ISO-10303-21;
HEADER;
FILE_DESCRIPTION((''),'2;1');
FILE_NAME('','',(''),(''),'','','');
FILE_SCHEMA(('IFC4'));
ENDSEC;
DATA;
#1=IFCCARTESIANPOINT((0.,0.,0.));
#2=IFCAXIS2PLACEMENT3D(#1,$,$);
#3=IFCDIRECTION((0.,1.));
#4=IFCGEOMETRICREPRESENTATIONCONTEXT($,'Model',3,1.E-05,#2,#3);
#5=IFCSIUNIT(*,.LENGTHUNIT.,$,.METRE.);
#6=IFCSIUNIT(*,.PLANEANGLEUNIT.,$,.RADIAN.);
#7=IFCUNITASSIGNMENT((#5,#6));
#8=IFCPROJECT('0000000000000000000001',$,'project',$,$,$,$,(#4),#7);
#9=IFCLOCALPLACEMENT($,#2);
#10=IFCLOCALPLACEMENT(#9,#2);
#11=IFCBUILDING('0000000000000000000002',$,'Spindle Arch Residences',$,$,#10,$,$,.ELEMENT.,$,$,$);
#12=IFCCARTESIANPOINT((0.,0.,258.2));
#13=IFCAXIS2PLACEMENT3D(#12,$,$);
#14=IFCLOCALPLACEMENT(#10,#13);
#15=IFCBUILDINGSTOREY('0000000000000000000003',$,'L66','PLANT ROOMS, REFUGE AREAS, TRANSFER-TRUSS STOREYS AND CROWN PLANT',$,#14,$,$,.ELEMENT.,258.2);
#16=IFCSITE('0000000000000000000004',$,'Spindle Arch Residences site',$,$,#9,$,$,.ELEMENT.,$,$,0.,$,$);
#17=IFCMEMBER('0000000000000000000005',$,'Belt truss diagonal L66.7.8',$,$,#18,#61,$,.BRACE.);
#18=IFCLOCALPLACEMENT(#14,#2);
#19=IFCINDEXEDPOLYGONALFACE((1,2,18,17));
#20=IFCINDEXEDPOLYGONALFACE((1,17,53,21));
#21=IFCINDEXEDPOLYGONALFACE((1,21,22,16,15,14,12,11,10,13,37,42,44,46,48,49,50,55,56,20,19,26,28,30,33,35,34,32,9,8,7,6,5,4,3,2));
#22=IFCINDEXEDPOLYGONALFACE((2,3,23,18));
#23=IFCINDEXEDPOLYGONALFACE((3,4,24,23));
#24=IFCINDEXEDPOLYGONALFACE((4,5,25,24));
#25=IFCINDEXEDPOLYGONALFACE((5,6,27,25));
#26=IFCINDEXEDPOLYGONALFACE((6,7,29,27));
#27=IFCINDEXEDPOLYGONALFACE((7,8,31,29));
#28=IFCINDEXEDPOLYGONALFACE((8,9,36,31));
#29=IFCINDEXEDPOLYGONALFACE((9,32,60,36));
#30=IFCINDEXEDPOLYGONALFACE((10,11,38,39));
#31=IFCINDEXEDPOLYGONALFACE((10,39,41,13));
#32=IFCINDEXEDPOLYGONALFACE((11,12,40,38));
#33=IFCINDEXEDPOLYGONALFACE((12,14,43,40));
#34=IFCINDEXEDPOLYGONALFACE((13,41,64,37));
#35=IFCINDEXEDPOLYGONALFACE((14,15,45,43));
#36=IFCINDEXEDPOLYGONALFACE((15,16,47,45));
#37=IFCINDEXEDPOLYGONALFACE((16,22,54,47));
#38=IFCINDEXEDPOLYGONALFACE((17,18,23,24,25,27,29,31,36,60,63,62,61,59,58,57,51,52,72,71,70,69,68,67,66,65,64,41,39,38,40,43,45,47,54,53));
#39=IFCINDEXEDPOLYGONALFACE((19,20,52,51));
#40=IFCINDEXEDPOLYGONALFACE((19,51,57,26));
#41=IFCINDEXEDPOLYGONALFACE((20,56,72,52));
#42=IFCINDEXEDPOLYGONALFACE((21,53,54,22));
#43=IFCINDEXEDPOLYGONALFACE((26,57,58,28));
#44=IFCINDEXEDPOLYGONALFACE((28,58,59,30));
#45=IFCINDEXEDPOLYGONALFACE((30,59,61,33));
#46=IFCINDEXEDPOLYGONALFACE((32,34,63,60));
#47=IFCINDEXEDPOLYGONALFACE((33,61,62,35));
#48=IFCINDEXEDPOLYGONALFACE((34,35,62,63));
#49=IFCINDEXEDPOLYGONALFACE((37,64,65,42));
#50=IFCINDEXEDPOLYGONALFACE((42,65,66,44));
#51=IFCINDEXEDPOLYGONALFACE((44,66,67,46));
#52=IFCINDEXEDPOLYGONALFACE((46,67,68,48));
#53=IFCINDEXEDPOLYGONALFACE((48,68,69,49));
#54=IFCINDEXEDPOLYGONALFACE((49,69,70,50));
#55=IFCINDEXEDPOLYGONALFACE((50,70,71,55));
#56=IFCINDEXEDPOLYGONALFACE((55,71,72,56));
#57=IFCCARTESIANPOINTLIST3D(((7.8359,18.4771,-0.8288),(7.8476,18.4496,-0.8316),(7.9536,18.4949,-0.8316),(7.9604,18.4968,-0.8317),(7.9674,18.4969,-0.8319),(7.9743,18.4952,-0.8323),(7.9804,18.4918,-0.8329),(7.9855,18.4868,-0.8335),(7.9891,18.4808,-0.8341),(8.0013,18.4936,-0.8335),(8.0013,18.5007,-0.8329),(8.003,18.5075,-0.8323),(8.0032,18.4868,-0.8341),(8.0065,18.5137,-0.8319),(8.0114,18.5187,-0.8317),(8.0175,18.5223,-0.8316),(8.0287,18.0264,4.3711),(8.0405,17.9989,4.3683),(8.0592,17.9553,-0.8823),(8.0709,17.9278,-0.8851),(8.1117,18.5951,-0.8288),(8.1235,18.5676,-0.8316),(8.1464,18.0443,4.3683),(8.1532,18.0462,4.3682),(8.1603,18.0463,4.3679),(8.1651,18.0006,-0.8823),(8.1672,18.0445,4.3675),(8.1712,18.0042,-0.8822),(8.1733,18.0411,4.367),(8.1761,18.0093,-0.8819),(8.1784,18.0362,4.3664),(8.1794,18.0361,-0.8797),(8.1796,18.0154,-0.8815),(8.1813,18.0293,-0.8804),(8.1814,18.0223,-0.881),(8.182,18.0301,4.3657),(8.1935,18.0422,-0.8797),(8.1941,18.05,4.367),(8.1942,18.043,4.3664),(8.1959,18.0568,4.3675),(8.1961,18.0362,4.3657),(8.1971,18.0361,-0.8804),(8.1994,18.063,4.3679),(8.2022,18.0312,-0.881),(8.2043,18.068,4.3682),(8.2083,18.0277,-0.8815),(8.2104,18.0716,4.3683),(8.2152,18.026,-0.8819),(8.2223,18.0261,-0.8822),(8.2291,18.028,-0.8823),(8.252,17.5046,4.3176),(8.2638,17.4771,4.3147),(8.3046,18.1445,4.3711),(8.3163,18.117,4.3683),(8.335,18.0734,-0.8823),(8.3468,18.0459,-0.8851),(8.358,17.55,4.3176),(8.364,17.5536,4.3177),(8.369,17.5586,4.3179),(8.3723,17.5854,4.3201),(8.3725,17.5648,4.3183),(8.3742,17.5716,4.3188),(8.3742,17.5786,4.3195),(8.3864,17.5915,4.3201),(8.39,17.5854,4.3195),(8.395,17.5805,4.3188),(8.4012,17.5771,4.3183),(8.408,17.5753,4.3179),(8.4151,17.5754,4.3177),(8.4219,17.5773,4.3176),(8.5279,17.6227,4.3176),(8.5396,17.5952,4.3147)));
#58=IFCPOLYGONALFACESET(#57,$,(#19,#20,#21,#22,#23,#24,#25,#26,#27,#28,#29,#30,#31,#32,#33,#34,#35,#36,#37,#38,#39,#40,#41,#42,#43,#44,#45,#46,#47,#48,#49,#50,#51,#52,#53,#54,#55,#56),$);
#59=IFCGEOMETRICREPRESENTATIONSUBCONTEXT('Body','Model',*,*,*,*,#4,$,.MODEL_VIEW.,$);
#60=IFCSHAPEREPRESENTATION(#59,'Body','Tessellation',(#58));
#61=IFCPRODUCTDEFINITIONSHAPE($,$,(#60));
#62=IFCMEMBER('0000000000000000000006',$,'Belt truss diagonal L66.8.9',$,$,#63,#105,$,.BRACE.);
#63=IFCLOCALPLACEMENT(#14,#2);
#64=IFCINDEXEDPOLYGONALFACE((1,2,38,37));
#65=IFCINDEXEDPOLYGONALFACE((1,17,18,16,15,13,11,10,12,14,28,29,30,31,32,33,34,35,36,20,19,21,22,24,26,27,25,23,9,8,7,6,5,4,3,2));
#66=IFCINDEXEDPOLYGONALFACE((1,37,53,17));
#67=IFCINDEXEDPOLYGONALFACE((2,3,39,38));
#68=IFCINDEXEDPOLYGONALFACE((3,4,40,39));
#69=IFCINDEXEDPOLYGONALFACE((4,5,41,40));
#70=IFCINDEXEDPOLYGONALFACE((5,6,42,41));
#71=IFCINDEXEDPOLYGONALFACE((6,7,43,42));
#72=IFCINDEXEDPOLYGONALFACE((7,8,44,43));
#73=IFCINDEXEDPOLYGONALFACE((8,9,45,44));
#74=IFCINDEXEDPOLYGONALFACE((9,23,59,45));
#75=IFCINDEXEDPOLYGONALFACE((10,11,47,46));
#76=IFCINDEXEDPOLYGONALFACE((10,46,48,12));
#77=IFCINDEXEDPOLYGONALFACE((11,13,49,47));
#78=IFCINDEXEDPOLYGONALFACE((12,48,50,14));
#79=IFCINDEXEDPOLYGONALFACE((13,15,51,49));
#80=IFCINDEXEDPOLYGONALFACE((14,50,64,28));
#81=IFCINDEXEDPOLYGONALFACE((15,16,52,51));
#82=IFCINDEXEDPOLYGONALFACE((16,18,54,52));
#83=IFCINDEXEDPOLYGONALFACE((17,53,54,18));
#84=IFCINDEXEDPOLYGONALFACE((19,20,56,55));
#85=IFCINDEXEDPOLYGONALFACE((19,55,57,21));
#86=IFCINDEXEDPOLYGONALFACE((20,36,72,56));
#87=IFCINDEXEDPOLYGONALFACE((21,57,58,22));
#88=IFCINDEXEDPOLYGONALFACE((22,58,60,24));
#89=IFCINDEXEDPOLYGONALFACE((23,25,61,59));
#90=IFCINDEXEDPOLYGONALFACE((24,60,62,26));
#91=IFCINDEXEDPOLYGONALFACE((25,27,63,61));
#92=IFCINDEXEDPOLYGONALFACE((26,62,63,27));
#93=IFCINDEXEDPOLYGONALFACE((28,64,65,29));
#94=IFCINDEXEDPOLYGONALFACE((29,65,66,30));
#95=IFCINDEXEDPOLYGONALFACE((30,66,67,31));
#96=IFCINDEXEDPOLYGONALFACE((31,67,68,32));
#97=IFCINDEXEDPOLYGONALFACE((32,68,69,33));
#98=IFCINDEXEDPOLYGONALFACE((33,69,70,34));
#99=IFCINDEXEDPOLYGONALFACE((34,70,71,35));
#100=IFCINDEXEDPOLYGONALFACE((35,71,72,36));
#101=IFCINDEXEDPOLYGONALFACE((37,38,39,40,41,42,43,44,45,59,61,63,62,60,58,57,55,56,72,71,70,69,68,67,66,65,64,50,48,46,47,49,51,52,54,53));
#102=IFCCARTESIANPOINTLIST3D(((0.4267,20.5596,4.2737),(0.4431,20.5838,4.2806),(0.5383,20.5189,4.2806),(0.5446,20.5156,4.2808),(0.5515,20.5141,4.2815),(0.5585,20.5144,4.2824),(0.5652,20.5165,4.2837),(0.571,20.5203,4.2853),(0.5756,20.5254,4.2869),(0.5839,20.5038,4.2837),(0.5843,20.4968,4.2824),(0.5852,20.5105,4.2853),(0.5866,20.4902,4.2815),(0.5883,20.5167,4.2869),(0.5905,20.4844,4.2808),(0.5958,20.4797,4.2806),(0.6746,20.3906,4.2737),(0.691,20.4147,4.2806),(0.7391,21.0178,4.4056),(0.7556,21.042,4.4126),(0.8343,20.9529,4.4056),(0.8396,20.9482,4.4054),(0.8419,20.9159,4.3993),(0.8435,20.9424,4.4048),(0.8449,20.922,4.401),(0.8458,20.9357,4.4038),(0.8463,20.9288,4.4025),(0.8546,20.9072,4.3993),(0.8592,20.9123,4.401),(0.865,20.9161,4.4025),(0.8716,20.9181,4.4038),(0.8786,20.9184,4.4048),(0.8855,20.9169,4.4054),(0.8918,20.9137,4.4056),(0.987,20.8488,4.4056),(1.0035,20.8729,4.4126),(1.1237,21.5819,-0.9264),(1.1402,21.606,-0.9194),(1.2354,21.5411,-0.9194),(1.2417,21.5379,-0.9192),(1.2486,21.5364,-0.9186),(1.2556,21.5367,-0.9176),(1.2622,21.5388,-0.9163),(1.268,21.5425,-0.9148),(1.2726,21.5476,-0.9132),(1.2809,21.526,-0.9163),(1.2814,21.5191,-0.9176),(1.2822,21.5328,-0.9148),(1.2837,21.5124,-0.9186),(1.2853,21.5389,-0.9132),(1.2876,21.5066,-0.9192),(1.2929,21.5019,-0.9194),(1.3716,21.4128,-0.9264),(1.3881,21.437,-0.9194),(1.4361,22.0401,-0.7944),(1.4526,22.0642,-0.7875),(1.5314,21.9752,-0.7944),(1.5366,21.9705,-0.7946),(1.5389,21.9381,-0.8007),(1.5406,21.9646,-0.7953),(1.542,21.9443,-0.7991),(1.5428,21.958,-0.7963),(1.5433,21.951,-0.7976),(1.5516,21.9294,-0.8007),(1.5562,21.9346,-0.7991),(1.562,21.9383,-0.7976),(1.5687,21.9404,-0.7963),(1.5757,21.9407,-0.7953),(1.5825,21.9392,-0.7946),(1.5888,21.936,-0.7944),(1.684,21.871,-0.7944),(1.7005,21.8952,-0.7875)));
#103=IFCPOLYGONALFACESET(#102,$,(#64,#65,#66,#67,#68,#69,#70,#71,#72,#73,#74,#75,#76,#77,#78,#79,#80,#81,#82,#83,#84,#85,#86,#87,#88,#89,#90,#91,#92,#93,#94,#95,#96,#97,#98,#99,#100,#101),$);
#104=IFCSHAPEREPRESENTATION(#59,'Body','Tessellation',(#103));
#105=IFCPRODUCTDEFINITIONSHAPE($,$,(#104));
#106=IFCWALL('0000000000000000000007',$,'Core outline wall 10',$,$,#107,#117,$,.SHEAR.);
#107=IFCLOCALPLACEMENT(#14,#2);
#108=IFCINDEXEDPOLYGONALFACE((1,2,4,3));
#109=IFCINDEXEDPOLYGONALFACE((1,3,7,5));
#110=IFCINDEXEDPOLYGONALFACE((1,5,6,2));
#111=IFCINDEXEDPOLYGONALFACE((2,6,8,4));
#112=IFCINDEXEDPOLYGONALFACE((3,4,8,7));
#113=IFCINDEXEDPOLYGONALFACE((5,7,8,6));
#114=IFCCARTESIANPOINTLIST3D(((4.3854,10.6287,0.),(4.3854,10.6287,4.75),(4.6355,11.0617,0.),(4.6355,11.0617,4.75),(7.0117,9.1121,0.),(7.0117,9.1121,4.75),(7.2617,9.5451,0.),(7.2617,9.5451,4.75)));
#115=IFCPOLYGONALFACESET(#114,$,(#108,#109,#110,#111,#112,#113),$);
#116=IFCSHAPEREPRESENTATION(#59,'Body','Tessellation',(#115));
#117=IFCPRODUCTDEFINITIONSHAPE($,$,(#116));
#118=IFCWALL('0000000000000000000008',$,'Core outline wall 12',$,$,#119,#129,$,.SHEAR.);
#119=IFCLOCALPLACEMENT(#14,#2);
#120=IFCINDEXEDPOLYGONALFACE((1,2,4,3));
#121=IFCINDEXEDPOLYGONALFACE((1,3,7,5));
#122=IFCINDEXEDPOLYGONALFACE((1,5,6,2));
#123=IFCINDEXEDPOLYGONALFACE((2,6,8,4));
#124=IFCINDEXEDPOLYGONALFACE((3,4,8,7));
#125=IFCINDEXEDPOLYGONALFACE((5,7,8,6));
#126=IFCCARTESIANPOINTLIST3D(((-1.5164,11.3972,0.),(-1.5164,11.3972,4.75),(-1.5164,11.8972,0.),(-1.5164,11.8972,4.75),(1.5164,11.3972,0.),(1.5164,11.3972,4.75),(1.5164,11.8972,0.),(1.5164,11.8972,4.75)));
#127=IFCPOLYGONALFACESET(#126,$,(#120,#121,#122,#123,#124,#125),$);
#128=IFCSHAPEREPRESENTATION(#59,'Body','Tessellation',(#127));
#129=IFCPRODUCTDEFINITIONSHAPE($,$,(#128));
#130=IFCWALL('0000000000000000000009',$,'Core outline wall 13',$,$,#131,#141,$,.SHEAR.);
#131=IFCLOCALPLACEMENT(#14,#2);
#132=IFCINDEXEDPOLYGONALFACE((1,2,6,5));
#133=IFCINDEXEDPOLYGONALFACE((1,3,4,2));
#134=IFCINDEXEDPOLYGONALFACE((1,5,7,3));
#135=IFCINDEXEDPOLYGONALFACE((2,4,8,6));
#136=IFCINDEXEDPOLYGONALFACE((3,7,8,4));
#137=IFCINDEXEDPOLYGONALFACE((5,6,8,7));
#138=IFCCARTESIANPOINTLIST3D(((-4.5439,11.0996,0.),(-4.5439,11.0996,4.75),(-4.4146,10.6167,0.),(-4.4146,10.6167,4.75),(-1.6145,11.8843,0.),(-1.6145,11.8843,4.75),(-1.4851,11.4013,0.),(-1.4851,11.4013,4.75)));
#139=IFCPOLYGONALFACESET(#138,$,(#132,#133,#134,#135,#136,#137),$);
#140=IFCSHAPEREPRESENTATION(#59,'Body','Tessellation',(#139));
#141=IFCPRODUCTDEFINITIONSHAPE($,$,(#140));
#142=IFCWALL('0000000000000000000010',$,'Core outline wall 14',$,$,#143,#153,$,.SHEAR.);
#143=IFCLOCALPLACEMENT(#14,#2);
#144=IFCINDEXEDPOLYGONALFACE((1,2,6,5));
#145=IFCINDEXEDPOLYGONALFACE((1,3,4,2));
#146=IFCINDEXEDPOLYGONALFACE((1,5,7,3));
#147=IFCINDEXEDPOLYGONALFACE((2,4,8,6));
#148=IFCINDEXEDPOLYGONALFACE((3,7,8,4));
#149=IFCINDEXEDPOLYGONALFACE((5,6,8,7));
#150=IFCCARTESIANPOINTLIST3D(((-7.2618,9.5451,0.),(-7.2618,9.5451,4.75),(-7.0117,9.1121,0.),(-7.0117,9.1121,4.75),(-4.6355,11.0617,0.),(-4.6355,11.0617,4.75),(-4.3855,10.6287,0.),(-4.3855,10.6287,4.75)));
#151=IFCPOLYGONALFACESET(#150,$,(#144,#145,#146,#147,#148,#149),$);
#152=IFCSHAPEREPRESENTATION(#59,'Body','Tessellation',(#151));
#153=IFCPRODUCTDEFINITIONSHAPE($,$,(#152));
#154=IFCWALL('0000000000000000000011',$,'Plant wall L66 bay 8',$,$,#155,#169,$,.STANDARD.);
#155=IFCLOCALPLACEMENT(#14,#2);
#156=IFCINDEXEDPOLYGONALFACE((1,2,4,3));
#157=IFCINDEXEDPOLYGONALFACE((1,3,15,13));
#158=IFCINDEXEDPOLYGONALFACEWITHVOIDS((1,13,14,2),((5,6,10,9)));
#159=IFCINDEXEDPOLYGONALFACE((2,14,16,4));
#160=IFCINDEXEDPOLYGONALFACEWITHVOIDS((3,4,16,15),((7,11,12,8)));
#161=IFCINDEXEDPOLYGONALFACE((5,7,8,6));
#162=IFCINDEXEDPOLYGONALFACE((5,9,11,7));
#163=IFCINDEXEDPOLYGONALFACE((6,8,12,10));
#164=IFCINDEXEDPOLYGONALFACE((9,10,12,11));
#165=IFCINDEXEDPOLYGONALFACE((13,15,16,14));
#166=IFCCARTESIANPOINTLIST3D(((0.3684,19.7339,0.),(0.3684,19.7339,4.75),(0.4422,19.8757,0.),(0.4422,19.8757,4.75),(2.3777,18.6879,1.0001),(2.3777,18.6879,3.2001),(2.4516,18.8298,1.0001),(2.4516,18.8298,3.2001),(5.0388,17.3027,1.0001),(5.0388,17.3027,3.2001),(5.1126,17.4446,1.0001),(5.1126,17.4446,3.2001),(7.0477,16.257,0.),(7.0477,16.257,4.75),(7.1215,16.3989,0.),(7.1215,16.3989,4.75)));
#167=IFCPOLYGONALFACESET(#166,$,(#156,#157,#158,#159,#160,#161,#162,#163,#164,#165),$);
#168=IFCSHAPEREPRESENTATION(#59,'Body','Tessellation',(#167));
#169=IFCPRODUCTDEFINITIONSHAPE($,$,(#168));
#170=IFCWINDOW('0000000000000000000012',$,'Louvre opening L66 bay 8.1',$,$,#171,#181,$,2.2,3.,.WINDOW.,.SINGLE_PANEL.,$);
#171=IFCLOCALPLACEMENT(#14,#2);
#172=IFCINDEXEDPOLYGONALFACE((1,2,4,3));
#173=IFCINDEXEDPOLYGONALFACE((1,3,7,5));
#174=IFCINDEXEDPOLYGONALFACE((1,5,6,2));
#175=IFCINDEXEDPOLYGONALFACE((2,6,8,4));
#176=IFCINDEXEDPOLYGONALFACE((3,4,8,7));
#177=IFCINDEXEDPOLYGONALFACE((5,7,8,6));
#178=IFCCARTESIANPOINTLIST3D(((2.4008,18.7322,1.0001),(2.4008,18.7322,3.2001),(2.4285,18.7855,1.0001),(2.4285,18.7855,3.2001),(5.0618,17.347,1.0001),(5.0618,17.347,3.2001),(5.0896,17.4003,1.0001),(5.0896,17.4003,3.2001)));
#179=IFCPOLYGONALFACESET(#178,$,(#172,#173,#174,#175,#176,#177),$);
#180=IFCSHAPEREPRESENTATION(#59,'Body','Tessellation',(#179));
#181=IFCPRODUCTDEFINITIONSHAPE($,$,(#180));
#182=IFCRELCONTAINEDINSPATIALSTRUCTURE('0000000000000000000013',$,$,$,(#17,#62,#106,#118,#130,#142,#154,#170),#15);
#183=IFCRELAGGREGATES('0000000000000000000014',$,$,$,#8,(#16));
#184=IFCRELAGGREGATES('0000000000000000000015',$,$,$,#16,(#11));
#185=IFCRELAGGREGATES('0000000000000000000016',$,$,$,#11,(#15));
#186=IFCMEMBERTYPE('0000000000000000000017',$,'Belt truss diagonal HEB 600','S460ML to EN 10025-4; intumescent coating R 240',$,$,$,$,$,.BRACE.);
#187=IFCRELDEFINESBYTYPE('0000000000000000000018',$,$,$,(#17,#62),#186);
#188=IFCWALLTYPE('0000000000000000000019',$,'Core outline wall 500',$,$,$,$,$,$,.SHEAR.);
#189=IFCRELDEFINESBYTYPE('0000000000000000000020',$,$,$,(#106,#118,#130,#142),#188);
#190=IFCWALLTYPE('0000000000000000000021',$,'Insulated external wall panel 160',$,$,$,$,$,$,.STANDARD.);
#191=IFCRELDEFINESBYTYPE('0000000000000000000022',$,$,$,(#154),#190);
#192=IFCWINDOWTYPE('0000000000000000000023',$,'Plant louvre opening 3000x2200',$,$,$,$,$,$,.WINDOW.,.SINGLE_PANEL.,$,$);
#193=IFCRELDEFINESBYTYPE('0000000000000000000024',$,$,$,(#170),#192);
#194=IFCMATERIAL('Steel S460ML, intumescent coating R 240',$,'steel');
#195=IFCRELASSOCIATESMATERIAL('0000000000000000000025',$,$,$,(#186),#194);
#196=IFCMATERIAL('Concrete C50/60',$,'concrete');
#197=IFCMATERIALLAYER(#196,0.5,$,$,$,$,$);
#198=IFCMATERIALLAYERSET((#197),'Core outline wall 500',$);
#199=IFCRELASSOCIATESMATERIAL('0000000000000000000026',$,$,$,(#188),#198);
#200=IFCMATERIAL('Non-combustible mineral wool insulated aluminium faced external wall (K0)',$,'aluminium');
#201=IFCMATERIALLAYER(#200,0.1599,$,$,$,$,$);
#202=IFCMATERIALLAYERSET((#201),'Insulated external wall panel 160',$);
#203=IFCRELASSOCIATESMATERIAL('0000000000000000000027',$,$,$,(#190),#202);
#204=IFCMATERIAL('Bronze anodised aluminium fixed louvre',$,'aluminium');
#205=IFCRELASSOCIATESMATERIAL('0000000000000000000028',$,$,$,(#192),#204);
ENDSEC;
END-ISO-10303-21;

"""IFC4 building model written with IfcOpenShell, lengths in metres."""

from ifc_helpers import new_model, si_unit, direction, frame, frame_2d, origin, origin_2d, place, context, subcontext, project, spatial, rectangle, i_section, extrude, material, layer, layer_set, material_profile, profile_set, type_object, element, fill, save


model = new_model("IFC4")

# Units and contexts
model_context = context("Model", 3, precision=1e-05, world=origin(), true_north=direction((0.0, 1.0)))
body_context = subcontext(model_context, "Body", "Model", "MODEL_VIEW")
ifc_project = project(units=[si_unit("LENGTHUNIT", "METRE"), si_unit("PLANEANGLEUNIT", "RADIAN")], contexts=[model_context])

# Site, building, storey
site_placement = place(None, origin())
site = spatial("IfcSite", under=ifc_project, at=site_placement, Name="Spindle Arch Residences site", CompositionType="ELEMENT", RefElevation=0.0)
building_placement = place(site_placement, origin())
building = spatial("IfcBuilding", under=site, at=building_placement, Name="Spindle Arch Residences", CompositionType="ELEMENT")
storey_placement = place(building_placement, frame((0.0, 0.0, 258.2)))
storey = spatial("IfcBuildingStorey", under=building, at=storey_placement, Name="L66", Description="PLANT ROOMS, REFUGE AREAS, TRANSFER-TRUSS STOREYS AND CROWN PLANT", CompositionType="ELEMENT", Elevation=258.2)

# Members
ifc_material_1 = material(Name="Steel S460ML, intumescent coating R 240", Category="steel")
ifc_material_profile_1 = material_profile(ifc_material_1, i_section(OverallWidth=0.3, OverallDepth=0.6001, WebThickness=0.0154, FlangeThickness=0.03, FilletRadius=0.0271, at=origin_2d()), Name="HEB 600")
ifc_profile_set_1 = profile_set([ifc_material_profile_1], Name="Steel S460ML, intumescent coating R 240")
member_type_1 = type_object("IfcMemberType", Name="Belt truss diagonal HEB 600", Description="S460ML to EN 10025-4; intumescent coating R 240", PredefinedType="BRACE", material=ifc_profile_set_1)
member_1_placement = place(storey_placement, frame((8.0913, 18.2615, -0.8569), z_axis=(0.036927, -0.086288, 0.995586), x_axis=(0.919351, 0.393438, 0.0)))
element("IfcMember", 1, at=member_1_placement, inside=storey, type_object=member_type_1, Name="Belt truss diagonal L66.7.8", PredefinedType="BRACE", context=body_context, shape_type="SweptSolid", body=[
    extrude(i_section(OverallWidth=0.3, OverallDepth=0.6001, WebThickness=0.0154, FlangeThickness=0.03, FilletRadius=0.0271, at=origin_2d()), origin(), (0.0, 0.0, 1.0), 5.2229),
])
member_2_placement = place(storey_placement, frame((1.4121, 21.7385, -0.8569), z_axis=(-0.130403, -0.191243, 0.972842), x_axis=(0.826206, -0.563367, 0.0)))
element("IfcMember", 2, at=member_2_placement, inside=storey, type_object=member_type_1, Name="Belt truss diagonal L66.8.9", PredefinedType="BRACE", context=body_context, shape_type="SweptSolid", body=[
    extrude(i_section(OverallWidth=0.3, OverallDepth=0.6001, WebThickness=0.0154, FlangeThickness=0.03, FilletRadius=0.0271, at=origin_2d()), origin(), (0.0, 0.0, 1.0), 5.3452),
])

# Wall
ifc_material_2 = material(Name="Concrete C50/60", Category="concrete")
ifc_layer_1 = layer(ifc_material_2, 0.5)
ifc_layer_set_1 = layer_set([ifc_layer_1], Name="Core outline wall 500")
wall_type_1 = type_object("IfcWallType", Name="Core outline wall 500", PredefinedType="SHEAR", material=ifc_layer_set_1)
wall_1_placement = place(storey_placement, frame((7.1367, 9.3286, 0.0), z_axis=(0.0, 0.0, 1.0), x_axis=(-0.865975, 0.500087, 0.0)))
element("IfcWall", 3, at=wall_1_placement, inside=storey, type_object=wall_type_1, Name="Core outline wall 10", PredefinedType="SHEAR", context=body_context, shape_type="SweptSolid", body=[
    extrude(rectangle(XDim=3.0327, YDim=0.5, at=frame_2d((1.5164, 0.0))), origin(), (0.0, 0.0, 1.0), 4.75),
])

# Walls
for number, where, z_axis, x_axis, name in (
    (4, (1.5164, 11.6472, 0.0), (0.0, 0.0, 1.0), (-1.0, 0.0, 0.0), "Core outline wall 12"),
    (5, (-1.5498, 11.6428, 0.0), (0.0, 0.0, 1.0), (-0.965948, -0.258735, 0.0), "Core outline wall 13"),
    (6, (-4.5105, 10.8452, 0.0), (0.0, 0.0, 1.0), (-0.865975, -0.500087, 0.0), "Core outline wall 14"),
):
    element("IfcWall", number, at=place(storey_placement, frame(where, z_axis=z_axis, x_axis=x_axis)), inside=storey, type_object=wall_type_1, Name=name, PredefinedType="SHEAR", context=body_context, shape_type="SweptSolid", body=[
        extrude(rectangle(XDim=3.0327, YDim=0.5, at=frame_2d((1.5164, 0.0))), origin(), (0.0, 0.0, 1.0), 4.75),
    ])

# Wall, opening, window
ifc_material_3 = material(Name="Non-combustible mineral wool insulated aluminium faced external wall (K0)", Category="aluminium")
ifc_layer_2 = layer(ifc_material_3, 0.1599)
ifc_layer_set_2 = layer_set([ifc_layer_2], Name="Insulated external wall panel 160")
wall_type_2 = type_object("IfcWallType", Name="Insulated external wall panel 160", PredefinedType="STANDARD", material=ifc_layer_set_2)
wall_2_placement = place(storey_placement, frame((7.0847, 16.3279, 0.0), z_axis=(0.0, 0.0, 1.0), x_axis=(-0.88702, 0.461731, 0.0)))
wall_2 = element("IfcWall", 7, at=wall_2_placement, inside=storey, type_object=wall_type_2, Name="Plant wall L66 bay 8", PredefinedType="STANDARD", context=body_context, shape_type="SweptSolid", body=[
    extrude(rectangle(XDim=7.53, YDim=0.1599, at=frame_2d((3.7651, 0.0))), origin(), (0.0, 0.0, 1.0), 4.75),
])
opening_1_placement = place(wall_2_placement, frame((2.2649, 0.0, 1.0)))
opening_1 = element("IfcOpeningElement", 8, at=opening_1_placement, cuts=wall_2, PredefinedType="OPENING", context=body_context, shape_type="SweptSolid", body=[
    extrude(rectangle(XDim=3.0, YDim=2.2, at=frame_2d((1.5, 1.1001))), frame((0.0, 0.0898, 0.0), z_axis=(0.0, -1.0, 0.0), x_axis=(1.0, 0.0, 0.0)), (0.0, 0.0, 1.0), 0.1799),
])
ifc_material_4 = material(Name="Bronze anodised aluminium fixed louvre", Category="aluminium")
window_type_1 = type_object("IfcWindowType", Name="Plant louvre opening 3000x2200", PartitioningType="SINGLE_PANEL", PredefinedType="WINDOW", material=ifc_material_4)
window_1_placement = place(opening_1_placement, origin())
window_1 = element("IfcWindow", 9, at=window_1_placement, inside=storey, type_object=window_type_1, Name="Louvre opening L66 bay 8.1", OverallHeight=2.2, OverallWidth=3.0, PartitioningType="SINGLE_PANEL", PredefinedType="WINDOW", context=body_context, shape_type="SweptSolid", body=[
    extrude(rectangle(XDim=3.0, YDim=2.2, at=frame_2d((1.5, 1.1001))), frame((0.0, 0.03, 0.0), z_axis=(0.0, -1.0, 0.0), x_axis=(1.0, 0.0, 0.0)), (0.0, 0.0, 1.0), 0.0601),
])
fill(opening_1, window_1)

save(model, "model.ifc")
